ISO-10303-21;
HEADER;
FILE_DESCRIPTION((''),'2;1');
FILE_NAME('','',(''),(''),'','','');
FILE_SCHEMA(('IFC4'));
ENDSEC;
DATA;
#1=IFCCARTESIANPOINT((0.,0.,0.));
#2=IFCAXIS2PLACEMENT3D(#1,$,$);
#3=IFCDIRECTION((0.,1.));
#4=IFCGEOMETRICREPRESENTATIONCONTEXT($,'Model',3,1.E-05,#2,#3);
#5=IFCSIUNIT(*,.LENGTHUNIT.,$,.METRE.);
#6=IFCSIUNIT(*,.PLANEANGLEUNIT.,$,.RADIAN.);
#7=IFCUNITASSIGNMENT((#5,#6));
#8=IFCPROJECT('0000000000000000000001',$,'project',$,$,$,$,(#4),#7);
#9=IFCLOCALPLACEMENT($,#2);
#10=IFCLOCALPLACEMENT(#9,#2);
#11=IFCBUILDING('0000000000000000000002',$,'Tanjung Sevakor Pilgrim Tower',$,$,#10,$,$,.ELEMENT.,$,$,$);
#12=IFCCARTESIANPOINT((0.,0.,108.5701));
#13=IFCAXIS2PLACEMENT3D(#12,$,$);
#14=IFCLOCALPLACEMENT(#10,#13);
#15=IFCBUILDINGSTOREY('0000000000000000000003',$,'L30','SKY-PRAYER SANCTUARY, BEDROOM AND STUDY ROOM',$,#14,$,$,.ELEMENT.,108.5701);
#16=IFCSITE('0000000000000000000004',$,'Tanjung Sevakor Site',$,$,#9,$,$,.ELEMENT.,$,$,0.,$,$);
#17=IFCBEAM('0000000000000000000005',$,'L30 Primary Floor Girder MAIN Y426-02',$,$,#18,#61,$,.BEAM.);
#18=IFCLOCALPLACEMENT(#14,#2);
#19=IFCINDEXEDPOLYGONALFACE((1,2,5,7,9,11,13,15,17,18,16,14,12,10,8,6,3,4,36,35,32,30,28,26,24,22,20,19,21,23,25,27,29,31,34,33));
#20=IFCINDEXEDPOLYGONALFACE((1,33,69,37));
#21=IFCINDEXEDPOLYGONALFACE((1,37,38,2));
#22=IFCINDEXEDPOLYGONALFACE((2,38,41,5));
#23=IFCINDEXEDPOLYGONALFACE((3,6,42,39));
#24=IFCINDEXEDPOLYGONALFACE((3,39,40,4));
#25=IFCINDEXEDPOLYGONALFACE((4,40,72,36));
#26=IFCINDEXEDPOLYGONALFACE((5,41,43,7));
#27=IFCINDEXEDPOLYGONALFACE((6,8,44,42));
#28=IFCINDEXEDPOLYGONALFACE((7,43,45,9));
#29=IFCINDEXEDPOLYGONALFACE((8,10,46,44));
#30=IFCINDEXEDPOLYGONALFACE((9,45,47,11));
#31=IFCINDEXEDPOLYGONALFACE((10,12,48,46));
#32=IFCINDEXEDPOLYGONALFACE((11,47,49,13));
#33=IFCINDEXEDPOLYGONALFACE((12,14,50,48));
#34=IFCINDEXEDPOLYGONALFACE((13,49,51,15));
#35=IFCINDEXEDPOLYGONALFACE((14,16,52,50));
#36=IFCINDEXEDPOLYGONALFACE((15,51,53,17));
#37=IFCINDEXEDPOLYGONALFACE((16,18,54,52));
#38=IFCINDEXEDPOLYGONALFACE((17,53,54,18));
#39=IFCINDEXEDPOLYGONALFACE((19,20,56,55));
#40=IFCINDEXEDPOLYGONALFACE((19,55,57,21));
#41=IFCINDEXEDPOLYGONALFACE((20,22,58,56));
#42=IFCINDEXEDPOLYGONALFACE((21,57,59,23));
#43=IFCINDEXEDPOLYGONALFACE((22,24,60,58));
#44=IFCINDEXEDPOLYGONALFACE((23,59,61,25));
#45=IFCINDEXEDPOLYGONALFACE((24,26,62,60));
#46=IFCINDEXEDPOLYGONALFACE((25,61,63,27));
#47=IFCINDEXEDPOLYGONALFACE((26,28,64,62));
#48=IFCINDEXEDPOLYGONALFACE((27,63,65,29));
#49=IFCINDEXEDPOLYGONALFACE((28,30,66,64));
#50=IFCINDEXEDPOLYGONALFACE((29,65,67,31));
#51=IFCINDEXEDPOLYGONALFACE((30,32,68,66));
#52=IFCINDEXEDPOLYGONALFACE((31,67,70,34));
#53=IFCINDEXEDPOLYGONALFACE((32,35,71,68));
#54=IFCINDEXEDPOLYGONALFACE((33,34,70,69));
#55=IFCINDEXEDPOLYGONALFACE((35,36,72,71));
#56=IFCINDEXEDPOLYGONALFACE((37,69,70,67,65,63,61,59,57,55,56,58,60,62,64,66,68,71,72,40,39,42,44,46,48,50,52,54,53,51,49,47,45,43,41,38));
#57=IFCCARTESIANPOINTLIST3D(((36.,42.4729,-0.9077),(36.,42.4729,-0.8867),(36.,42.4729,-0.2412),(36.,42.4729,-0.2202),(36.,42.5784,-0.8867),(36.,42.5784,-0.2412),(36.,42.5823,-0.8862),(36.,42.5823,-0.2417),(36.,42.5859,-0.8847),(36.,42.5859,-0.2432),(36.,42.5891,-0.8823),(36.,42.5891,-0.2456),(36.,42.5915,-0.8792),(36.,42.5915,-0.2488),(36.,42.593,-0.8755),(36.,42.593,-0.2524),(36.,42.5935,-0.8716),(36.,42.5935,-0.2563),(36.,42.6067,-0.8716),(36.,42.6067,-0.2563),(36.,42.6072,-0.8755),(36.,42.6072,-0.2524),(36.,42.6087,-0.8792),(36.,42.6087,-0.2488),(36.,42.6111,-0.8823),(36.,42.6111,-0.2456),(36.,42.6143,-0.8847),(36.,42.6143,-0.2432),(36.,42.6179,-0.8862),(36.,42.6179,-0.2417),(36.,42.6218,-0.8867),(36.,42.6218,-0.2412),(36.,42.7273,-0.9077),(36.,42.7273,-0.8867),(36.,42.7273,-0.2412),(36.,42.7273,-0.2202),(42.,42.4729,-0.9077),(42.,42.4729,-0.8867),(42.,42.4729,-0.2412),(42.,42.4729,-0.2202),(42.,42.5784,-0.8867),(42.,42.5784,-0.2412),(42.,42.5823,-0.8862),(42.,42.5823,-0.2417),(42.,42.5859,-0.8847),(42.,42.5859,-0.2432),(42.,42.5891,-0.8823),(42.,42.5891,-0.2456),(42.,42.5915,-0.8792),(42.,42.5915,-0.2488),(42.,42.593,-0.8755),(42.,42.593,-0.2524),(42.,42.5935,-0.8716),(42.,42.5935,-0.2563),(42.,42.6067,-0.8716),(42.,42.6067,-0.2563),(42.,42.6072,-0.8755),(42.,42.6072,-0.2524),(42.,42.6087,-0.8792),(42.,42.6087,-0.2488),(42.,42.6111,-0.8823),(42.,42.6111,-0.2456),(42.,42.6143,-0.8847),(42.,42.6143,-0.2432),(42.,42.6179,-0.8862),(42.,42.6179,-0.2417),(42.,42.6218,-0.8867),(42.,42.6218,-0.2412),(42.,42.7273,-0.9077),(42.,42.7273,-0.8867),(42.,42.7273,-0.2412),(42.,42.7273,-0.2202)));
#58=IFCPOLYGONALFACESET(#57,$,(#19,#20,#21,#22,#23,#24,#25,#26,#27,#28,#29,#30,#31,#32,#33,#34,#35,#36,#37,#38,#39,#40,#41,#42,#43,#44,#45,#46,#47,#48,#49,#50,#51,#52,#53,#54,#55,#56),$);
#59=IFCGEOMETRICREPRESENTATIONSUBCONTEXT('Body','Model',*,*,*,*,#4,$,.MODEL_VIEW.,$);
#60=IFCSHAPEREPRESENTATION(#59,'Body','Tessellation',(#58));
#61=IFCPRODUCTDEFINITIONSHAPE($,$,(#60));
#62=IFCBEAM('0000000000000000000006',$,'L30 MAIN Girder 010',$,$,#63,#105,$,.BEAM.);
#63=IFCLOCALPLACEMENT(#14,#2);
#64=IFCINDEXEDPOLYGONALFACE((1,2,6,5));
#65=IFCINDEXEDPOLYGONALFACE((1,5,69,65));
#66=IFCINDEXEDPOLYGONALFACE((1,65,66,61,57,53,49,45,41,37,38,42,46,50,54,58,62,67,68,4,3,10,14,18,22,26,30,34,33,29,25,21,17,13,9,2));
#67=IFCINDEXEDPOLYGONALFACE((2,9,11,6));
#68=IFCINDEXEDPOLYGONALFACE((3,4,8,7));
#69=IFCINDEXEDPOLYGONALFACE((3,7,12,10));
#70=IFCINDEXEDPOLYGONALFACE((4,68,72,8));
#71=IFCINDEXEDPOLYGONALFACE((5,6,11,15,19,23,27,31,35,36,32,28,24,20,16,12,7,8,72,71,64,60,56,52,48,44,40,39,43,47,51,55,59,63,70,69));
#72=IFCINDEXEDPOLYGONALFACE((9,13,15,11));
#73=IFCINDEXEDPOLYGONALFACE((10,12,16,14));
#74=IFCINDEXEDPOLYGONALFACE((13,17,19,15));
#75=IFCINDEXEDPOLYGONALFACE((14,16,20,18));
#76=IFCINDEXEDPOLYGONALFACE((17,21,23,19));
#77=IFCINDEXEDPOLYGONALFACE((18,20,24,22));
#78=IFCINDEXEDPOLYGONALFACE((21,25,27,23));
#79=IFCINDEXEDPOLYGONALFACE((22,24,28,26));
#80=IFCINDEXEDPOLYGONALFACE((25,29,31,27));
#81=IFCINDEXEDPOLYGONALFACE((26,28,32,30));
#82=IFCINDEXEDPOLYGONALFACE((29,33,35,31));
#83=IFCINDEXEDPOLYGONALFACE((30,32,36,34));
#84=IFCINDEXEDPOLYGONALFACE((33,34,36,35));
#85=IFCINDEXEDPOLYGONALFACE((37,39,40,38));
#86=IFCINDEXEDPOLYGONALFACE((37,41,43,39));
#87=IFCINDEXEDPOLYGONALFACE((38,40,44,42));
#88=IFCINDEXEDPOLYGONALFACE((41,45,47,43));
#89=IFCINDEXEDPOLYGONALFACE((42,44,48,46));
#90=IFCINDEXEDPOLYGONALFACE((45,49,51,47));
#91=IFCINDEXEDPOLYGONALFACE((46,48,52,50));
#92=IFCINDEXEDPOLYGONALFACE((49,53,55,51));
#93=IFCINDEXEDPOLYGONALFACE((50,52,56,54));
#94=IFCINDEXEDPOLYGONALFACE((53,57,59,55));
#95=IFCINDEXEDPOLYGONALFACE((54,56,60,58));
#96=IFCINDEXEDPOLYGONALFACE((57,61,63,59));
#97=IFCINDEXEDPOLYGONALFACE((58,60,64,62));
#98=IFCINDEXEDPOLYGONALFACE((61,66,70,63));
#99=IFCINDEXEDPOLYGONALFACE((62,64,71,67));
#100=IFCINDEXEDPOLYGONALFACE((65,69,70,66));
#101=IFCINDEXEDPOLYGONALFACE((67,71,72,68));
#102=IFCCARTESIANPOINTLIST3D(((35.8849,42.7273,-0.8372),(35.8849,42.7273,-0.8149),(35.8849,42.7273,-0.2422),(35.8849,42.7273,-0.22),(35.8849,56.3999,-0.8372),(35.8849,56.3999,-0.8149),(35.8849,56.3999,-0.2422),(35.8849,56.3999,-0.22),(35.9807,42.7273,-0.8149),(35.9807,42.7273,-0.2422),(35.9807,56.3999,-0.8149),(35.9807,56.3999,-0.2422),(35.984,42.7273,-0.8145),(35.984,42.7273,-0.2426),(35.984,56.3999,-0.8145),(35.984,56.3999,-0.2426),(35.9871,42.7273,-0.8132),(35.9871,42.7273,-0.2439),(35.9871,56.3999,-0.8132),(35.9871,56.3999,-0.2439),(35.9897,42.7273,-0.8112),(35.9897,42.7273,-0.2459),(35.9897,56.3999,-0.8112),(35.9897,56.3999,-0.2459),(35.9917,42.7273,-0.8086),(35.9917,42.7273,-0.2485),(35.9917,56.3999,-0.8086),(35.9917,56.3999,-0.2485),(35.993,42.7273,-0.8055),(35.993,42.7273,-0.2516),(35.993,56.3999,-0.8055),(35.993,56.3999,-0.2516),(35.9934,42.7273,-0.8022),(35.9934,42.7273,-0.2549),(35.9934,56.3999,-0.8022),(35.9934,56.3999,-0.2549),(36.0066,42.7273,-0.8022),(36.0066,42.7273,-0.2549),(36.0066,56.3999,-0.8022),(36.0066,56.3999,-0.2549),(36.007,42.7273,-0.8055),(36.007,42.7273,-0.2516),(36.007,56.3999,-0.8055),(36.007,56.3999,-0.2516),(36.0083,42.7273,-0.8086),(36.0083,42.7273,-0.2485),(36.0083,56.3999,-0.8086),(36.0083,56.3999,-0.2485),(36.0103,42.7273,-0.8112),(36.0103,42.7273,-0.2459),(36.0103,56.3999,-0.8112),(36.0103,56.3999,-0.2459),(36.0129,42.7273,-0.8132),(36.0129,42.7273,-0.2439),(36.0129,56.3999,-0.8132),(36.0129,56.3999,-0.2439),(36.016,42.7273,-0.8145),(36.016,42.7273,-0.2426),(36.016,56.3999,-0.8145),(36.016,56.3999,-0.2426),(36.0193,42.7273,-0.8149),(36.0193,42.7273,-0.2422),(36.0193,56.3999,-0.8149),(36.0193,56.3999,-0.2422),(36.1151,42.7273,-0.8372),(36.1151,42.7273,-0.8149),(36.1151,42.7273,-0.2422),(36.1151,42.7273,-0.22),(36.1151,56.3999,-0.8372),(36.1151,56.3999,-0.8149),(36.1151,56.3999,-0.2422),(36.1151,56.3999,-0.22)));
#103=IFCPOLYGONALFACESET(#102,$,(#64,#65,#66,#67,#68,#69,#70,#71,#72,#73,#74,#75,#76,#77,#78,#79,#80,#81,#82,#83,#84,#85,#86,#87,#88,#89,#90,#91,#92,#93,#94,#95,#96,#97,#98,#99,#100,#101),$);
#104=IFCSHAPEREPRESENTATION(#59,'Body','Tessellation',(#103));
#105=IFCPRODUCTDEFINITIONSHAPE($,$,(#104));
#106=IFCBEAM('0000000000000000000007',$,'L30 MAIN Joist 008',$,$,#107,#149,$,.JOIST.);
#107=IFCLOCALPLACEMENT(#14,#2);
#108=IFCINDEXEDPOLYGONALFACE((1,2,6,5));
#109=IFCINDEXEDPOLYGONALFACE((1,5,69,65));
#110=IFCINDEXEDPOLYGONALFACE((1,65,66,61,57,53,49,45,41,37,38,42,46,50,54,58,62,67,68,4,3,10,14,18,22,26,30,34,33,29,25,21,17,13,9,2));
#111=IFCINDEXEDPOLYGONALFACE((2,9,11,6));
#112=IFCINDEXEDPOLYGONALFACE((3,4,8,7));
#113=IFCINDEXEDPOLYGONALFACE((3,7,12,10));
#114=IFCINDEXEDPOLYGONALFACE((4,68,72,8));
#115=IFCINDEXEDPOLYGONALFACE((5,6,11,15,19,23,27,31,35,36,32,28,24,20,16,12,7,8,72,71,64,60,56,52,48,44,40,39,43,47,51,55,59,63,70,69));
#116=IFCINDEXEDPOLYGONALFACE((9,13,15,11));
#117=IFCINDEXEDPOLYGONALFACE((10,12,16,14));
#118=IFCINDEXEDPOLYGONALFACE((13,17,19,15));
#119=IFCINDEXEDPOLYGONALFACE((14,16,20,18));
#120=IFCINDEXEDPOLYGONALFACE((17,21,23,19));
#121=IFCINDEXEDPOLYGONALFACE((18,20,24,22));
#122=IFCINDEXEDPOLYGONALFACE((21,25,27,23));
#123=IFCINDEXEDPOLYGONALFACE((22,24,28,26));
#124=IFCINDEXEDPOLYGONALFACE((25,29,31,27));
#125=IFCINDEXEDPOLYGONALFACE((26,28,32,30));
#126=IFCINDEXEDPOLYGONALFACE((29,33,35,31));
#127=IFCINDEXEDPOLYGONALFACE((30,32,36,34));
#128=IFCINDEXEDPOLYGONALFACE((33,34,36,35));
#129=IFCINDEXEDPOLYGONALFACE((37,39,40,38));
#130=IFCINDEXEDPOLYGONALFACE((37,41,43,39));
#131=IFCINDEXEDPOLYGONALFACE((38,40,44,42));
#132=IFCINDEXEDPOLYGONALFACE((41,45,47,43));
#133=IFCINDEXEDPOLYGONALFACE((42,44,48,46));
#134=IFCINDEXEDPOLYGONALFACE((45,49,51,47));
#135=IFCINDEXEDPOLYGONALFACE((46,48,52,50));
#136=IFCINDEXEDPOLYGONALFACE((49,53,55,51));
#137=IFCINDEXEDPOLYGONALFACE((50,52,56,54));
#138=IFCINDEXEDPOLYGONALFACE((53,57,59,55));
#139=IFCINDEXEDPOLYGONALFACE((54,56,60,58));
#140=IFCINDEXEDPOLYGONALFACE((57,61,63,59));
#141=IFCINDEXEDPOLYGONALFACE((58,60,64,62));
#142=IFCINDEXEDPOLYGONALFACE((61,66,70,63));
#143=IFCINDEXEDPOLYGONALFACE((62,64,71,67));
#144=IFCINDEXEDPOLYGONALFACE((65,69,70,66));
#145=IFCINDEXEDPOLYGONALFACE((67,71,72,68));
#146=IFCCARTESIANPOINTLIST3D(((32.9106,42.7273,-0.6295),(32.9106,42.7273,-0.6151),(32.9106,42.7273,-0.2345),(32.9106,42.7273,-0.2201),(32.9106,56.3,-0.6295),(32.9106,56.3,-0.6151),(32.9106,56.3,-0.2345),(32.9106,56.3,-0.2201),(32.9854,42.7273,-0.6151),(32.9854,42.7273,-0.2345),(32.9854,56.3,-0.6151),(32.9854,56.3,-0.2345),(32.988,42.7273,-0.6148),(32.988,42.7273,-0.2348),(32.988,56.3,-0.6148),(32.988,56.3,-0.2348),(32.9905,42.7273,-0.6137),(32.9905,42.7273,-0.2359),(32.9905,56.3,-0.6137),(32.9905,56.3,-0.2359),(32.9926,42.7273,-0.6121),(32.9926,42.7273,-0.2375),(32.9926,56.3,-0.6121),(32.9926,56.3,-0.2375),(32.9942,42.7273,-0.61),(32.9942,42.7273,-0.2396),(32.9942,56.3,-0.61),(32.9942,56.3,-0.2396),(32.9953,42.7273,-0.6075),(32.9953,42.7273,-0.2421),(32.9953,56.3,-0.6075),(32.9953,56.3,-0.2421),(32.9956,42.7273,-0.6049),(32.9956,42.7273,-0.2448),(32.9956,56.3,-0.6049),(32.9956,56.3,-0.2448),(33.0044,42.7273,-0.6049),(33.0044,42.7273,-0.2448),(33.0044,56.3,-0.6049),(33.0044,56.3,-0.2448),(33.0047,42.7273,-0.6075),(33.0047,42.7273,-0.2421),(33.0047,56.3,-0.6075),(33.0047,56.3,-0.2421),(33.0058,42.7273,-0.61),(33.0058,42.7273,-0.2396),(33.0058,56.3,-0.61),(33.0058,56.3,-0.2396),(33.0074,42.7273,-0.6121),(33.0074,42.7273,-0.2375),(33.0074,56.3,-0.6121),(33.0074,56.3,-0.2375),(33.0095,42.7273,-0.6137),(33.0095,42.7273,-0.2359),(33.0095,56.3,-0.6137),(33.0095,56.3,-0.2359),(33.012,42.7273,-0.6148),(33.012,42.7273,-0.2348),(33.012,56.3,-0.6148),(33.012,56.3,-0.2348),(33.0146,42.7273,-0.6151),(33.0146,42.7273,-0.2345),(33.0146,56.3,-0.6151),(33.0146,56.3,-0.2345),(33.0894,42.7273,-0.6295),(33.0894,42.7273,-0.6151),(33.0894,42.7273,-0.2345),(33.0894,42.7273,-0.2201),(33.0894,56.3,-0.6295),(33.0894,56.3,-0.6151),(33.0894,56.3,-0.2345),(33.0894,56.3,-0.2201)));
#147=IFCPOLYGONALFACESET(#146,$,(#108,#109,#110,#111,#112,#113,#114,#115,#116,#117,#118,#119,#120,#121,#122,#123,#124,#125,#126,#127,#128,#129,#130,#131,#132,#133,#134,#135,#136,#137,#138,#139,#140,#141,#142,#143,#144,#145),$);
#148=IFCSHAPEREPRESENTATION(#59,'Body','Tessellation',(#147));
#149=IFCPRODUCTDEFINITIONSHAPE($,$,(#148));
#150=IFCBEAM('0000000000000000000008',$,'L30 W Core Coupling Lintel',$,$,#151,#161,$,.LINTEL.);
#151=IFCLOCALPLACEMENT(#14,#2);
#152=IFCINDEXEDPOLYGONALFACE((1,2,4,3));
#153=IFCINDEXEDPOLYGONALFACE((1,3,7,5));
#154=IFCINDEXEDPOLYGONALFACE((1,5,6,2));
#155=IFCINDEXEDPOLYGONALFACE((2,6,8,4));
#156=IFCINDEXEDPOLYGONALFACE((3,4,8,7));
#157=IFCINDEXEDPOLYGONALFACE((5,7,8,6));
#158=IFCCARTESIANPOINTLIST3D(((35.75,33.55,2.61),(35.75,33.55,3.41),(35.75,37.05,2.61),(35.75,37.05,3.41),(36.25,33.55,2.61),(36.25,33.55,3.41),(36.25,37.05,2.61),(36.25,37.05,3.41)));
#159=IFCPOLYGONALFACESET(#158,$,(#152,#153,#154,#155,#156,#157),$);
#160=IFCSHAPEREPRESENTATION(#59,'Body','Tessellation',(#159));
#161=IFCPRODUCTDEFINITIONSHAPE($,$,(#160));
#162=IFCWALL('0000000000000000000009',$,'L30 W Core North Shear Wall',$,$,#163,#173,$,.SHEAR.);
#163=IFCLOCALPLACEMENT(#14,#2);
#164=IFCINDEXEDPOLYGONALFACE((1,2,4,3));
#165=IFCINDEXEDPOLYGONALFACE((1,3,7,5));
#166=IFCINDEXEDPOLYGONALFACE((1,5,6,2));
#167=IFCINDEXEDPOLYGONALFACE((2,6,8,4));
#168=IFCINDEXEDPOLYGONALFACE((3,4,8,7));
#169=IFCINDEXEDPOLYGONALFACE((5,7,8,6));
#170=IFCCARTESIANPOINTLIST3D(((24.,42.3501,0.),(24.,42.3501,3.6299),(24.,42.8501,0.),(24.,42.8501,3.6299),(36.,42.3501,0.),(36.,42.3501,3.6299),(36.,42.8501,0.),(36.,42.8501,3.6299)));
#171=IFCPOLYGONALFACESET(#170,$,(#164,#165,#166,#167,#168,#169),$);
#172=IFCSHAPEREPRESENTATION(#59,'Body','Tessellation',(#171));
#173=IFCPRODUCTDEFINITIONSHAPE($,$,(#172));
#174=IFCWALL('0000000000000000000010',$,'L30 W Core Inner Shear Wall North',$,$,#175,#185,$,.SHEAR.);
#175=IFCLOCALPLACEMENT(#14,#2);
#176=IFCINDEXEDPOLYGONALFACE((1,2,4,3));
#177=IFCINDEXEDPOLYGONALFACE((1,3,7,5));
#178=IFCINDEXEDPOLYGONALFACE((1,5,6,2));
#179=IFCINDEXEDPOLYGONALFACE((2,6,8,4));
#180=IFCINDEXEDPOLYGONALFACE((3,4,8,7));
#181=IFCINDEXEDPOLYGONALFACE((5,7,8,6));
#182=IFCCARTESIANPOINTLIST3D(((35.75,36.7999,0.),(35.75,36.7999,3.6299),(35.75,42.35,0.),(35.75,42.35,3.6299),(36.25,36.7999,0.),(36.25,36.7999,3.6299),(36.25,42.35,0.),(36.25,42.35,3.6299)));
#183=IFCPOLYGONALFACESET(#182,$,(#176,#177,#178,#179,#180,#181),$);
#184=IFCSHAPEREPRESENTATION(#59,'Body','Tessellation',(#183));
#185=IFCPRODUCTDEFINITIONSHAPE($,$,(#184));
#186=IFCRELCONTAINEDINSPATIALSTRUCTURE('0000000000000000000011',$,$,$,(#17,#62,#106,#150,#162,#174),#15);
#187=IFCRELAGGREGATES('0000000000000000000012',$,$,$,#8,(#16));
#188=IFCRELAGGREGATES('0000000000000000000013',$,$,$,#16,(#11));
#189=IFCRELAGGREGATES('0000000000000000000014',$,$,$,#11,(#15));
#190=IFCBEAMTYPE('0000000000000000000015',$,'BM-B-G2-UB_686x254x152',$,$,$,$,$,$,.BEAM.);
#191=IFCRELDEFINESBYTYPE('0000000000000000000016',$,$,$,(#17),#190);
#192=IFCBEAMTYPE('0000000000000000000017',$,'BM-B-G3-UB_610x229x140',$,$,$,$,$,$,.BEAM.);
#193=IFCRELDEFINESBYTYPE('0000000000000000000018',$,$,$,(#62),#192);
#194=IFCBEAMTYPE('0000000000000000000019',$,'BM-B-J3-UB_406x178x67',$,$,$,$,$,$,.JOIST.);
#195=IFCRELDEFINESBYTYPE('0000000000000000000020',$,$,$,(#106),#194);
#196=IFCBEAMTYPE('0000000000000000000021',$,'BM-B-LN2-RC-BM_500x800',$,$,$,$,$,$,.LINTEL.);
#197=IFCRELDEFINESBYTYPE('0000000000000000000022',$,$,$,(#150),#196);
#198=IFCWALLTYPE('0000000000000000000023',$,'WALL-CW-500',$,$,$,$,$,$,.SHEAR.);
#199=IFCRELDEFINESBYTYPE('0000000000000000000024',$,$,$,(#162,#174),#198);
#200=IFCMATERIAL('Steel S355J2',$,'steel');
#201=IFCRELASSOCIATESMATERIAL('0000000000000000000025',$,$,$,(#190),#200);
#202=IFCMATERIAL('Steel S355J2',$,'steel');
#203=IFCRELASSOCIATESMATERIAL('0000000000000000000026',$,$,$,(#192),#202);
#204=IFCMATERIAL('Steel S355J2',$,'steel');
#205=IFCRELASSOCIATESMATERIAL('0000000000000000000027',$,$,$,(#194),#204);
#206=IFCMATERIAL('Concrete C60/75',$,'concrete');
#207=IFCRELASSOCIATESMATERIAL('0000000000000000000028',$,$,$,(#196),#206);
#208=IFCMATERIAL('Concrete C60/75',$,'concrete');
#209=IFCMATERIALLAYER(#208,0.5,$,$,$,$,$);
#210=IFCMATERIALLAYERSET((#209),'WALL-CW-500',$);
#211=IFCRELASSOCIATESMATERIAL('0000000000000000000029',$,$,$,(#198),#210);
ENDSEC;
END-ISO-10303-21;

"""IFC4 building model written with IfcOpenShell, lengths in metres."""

from ifc_helpers import new_model, si_unit, direction, frame, frame_2d, origin, origin_2d, place, context, subcontext, project, spatial, rectangle, i_section, extrude, material, layer, layer_set, material_profile, profile_set, type_object, element, save


model = new_model("IFC4")

# Units and contexts
model_context = context("Model", 3, precision=1e-05, world=origin(), true_north=direction((0.0, 1.0)))
body_context = subcontext(model_context, "Body", "Model", "MODEL_VIEW")
ifc_project = project(units=[si_unit("LENGTHUNIT", "METRE"), si_unit("PLANEANGLEUNIT", "RADIAN")], contexts=[model_context])

# Site, building, storey
site_placement = place(None, origin())
site = spatial("IfcSite", under=ifc_project, at=site_placement, Name="Tanjung Sevakor Site", CompositionType="ELEMENT", RefElevation=0.0)
building_placement = place(site_placement, origin())
building = spatial("IfcBuilding", under=site, at=building_placement, Name="Tanjung Sevakor Pilgrim Tower", CompositionType="ELEMENT")
storey_placement = place(building_placement, frame((0.0, 0.0, 108.5701)))
storey = spatial("IfcBuildingStorey", under=building, at=storey_placement, Name="L30", Description="SKY-PRAYER SANCTUARY, BEDROOM AND STUDY ROOM", CompositionType="ELEMENT", Elevation=108.5701)

# Beams
ifc_material_1 = material(Name="Steel S355J2", Category="steel")
ifc_material_profile_1 = material_profile(ifc_material_1, i_section(OverallWidth=0.2544, OverallDepth=0.6875, WebThickness=0.0132, FlangeThickness=0.021, FilletRadius=0.0151, at=origin_2d()))
ifc_profile_set_1 = profile_set([ifc_material_profile_1], Name="Steel S355J2")
beam_type_1 = type_object("IfcBeamType", Name="BM-B-G2-UB_686x254x152", PredefinedType="BEAM", material=ifc_profile_set_1)
beam_1_placement = place(storey_placement, frame((36.0, 42.6001, -0.564), z_axis=(1.0, 0.0, 0.0), x_axis=(0.0, 1.0, 0.0)))
element("IfcBeam", 1, at=beam_1_placement, inside=storey, type_object=beam_type_1, Name="L30 Primary Floor Girder MAIN Y426-02", PredefinedType="BEAM", context=body_context, shape_type="SweptSolid", body=[
    extrude(i_section(OverallWidth=0.2544, OverallDepth=0.6875, WebThickness=0.0132, FlangeThickness=0.021, FilletRadius=0.0151, at=origin_2d()), origin(), (0.0, 0.0, 1.0), 6.0),
])
ifc_material_2 = material(Name="Steel S355J2", Category="steel")
ifc_material_profile_2 = material_profile(ifc_material_2, i_section(OverallWidth=0.2302, OverallDepth=0.6172, WebThickness=0.0132, FlangeThickness=0.0222, FilletRadius=0.0127, at=origin_2d()))
ifc_profile_set_2 = profile_set([ifc_material_profile_2], Name="Steel S355J2")
beam_type_2 = type_object("IfcBeamType", Name="BM-B-G3-UB_610x229x140", PredefinedType="BEAM", material=ifc_profile_set_2)
beam_2_placement = place(storey_placement, frame((36.0, 42.7273, -0.5286), z_axis=(0.0, 1.0, 0.0), x_axis=(-1.0, 0.0, 0.0)))
element("IfcBeam", 2, at=beam_2_placement, inside=storey, type_object=beam_type_2, Name="L30 MAIN Girder 010", PredefinedType="BEAM", context=body_context, shape_type="SweptSolid", body=[
    extrude(i_section(OverallWidth=0.2302, OverallDepth=0.6172, WebThickness=0.0132, FlangeThickness=0.0222, FilletRadius=0.0127, at=origin_2d()), origin(), (0.0, 0.0, 1.0), 13.6726),
])
ifc_material_3 = material(Name="Steel S355J2", Category="steel")
ifc_material_profile_3 = material_profile(ifc_material_3, i_section(OverallWidth=0.1787, OverallDepth=0.4094, WebThickness=0.0088, FlangeThickness=0.0144, FilletRadius=0.0103, at=origin_2d()))
ifc_profile_set_3 = profile_set([ifc_material_profile_3], Name="Steel S355J2")
beam_type_3 = type_object("IfcBeamType", Name="BM-B-J3-UB_406x178x67", PredefinedType="JOIST", material=ifc_profile_set_3)
beam_3_placement = place(storey_placement, frame((33.0, 42.7273, -0.4248), z_axis=(0.0, 1.0, 0.0), x_axis=(-1.0, 0.0, 0.0)))
element("IfcBeam", 3, at=beam_3_placement, inside=storey, type_object=beam_type_3, Name="L30 MAIN Joist 008", PredefinedType="JOIST", context=body_context, shape_type="SweptSolid", body=[
    extrude(i_section(OverallWidth=0.1787, OverallDepth=0.4094, WebThickness=0.0088, FlangeThickness=0.0144, FilletRadius=0.0103, at=origin_2d()), origin(), (0.0, 0.0, 1.0), 13.5728),
])
ifc_material_4 = material(Name="Concrete C60/75", Category="concrete")
ifc_material_profile_4 = material_profile(ifc_material_4, rectangle(XDim=0.5, YDim=0.8, at=origin_2d()))
ifc_profile_set_4 = profile_set([ifc_material_profile_4], Name="Concrete C60/75")
beam_type_4 = type_object("IfcBeamType", Name="BM-B-LN2-RC-BM_500x800", PredefinedType="LINTEL", material=ifc_profile_set_4)
beam_4_placement = place(storey_placement, frame((36.0, 33.55, 3.01), z_axis=(0.0, 1.0, 0.0), x_axis=(-1.0, 0.0, 0.0)))
element("IfcBeam", 4, at=beam_4_placement, inside=storey, type_object=beam_type_4, Name="L30 W Core Coupling Lintel", PredefinedType="LINTEL", context=body_context, shape_type="SweptSolid", body=[
    extrude(rectangle(XDim=0.5, YDim=0.8, at=origin_2d()), origin(), (0.0, 0.0, 1.0), 3.5),
])

# Walls
ifc_material_5 = material(Name="Concrete C60/75", Category="concrete")
ifc_layer_1 = layer(ifc_material_5, 0.5)
ifc_layer_set_1 = layer_set([ifc_layer_1], Name="WALL-CW-500")
wall_type_1 = type_object("IfcWallType", Name="WALL-CW-500", PredefinedType="SHEAR", material=ifc_layer_set_1)
wall_1_placement = place(storey_placement, frame((36.0, 42.6001, 0.0), z_axis=(0.0, 0.0, 1.0), x_axis=(-1.0, 0.0, 0.0)))
element("IfcWall", 5, at=wall_1_placement, inside=storey, type_object=wall_type_1, Name="L30 W Core North Shear Wall", PredefinedType="SHEAR", context=body_context, shape_type="SweptSolid", body=[
    extrude(rectangle(XDim=12.0, YDim=0.5, at=frame_2d((6.0, 0.0))), origin(), (0.0, 0.0, 1.0), 3.6299),
])
wall_2_placement = place(storey_placement, frame((36.0, 36.8, 0.0), z_axis=(0.0, 0.0, 1.0), x_axis=(0.0, 1.0, 0.0)))
element("IfcWall", 6, at=wall_2_placement, inside=storey, type_object=wall_type_1, Name="L30 W Core Inner Shear Wall North", PredefinedType="SHEAR", context=body_context, shape_type="SweptSolid", body=[
    extrude(rectangle(XDim=5.55, YDim=0.5, at=frame_2d((2.7749, 0.0))), origin(), (0.0, 0.0, 1.0), 3.6299),
])

save(model, "model.ifc")
